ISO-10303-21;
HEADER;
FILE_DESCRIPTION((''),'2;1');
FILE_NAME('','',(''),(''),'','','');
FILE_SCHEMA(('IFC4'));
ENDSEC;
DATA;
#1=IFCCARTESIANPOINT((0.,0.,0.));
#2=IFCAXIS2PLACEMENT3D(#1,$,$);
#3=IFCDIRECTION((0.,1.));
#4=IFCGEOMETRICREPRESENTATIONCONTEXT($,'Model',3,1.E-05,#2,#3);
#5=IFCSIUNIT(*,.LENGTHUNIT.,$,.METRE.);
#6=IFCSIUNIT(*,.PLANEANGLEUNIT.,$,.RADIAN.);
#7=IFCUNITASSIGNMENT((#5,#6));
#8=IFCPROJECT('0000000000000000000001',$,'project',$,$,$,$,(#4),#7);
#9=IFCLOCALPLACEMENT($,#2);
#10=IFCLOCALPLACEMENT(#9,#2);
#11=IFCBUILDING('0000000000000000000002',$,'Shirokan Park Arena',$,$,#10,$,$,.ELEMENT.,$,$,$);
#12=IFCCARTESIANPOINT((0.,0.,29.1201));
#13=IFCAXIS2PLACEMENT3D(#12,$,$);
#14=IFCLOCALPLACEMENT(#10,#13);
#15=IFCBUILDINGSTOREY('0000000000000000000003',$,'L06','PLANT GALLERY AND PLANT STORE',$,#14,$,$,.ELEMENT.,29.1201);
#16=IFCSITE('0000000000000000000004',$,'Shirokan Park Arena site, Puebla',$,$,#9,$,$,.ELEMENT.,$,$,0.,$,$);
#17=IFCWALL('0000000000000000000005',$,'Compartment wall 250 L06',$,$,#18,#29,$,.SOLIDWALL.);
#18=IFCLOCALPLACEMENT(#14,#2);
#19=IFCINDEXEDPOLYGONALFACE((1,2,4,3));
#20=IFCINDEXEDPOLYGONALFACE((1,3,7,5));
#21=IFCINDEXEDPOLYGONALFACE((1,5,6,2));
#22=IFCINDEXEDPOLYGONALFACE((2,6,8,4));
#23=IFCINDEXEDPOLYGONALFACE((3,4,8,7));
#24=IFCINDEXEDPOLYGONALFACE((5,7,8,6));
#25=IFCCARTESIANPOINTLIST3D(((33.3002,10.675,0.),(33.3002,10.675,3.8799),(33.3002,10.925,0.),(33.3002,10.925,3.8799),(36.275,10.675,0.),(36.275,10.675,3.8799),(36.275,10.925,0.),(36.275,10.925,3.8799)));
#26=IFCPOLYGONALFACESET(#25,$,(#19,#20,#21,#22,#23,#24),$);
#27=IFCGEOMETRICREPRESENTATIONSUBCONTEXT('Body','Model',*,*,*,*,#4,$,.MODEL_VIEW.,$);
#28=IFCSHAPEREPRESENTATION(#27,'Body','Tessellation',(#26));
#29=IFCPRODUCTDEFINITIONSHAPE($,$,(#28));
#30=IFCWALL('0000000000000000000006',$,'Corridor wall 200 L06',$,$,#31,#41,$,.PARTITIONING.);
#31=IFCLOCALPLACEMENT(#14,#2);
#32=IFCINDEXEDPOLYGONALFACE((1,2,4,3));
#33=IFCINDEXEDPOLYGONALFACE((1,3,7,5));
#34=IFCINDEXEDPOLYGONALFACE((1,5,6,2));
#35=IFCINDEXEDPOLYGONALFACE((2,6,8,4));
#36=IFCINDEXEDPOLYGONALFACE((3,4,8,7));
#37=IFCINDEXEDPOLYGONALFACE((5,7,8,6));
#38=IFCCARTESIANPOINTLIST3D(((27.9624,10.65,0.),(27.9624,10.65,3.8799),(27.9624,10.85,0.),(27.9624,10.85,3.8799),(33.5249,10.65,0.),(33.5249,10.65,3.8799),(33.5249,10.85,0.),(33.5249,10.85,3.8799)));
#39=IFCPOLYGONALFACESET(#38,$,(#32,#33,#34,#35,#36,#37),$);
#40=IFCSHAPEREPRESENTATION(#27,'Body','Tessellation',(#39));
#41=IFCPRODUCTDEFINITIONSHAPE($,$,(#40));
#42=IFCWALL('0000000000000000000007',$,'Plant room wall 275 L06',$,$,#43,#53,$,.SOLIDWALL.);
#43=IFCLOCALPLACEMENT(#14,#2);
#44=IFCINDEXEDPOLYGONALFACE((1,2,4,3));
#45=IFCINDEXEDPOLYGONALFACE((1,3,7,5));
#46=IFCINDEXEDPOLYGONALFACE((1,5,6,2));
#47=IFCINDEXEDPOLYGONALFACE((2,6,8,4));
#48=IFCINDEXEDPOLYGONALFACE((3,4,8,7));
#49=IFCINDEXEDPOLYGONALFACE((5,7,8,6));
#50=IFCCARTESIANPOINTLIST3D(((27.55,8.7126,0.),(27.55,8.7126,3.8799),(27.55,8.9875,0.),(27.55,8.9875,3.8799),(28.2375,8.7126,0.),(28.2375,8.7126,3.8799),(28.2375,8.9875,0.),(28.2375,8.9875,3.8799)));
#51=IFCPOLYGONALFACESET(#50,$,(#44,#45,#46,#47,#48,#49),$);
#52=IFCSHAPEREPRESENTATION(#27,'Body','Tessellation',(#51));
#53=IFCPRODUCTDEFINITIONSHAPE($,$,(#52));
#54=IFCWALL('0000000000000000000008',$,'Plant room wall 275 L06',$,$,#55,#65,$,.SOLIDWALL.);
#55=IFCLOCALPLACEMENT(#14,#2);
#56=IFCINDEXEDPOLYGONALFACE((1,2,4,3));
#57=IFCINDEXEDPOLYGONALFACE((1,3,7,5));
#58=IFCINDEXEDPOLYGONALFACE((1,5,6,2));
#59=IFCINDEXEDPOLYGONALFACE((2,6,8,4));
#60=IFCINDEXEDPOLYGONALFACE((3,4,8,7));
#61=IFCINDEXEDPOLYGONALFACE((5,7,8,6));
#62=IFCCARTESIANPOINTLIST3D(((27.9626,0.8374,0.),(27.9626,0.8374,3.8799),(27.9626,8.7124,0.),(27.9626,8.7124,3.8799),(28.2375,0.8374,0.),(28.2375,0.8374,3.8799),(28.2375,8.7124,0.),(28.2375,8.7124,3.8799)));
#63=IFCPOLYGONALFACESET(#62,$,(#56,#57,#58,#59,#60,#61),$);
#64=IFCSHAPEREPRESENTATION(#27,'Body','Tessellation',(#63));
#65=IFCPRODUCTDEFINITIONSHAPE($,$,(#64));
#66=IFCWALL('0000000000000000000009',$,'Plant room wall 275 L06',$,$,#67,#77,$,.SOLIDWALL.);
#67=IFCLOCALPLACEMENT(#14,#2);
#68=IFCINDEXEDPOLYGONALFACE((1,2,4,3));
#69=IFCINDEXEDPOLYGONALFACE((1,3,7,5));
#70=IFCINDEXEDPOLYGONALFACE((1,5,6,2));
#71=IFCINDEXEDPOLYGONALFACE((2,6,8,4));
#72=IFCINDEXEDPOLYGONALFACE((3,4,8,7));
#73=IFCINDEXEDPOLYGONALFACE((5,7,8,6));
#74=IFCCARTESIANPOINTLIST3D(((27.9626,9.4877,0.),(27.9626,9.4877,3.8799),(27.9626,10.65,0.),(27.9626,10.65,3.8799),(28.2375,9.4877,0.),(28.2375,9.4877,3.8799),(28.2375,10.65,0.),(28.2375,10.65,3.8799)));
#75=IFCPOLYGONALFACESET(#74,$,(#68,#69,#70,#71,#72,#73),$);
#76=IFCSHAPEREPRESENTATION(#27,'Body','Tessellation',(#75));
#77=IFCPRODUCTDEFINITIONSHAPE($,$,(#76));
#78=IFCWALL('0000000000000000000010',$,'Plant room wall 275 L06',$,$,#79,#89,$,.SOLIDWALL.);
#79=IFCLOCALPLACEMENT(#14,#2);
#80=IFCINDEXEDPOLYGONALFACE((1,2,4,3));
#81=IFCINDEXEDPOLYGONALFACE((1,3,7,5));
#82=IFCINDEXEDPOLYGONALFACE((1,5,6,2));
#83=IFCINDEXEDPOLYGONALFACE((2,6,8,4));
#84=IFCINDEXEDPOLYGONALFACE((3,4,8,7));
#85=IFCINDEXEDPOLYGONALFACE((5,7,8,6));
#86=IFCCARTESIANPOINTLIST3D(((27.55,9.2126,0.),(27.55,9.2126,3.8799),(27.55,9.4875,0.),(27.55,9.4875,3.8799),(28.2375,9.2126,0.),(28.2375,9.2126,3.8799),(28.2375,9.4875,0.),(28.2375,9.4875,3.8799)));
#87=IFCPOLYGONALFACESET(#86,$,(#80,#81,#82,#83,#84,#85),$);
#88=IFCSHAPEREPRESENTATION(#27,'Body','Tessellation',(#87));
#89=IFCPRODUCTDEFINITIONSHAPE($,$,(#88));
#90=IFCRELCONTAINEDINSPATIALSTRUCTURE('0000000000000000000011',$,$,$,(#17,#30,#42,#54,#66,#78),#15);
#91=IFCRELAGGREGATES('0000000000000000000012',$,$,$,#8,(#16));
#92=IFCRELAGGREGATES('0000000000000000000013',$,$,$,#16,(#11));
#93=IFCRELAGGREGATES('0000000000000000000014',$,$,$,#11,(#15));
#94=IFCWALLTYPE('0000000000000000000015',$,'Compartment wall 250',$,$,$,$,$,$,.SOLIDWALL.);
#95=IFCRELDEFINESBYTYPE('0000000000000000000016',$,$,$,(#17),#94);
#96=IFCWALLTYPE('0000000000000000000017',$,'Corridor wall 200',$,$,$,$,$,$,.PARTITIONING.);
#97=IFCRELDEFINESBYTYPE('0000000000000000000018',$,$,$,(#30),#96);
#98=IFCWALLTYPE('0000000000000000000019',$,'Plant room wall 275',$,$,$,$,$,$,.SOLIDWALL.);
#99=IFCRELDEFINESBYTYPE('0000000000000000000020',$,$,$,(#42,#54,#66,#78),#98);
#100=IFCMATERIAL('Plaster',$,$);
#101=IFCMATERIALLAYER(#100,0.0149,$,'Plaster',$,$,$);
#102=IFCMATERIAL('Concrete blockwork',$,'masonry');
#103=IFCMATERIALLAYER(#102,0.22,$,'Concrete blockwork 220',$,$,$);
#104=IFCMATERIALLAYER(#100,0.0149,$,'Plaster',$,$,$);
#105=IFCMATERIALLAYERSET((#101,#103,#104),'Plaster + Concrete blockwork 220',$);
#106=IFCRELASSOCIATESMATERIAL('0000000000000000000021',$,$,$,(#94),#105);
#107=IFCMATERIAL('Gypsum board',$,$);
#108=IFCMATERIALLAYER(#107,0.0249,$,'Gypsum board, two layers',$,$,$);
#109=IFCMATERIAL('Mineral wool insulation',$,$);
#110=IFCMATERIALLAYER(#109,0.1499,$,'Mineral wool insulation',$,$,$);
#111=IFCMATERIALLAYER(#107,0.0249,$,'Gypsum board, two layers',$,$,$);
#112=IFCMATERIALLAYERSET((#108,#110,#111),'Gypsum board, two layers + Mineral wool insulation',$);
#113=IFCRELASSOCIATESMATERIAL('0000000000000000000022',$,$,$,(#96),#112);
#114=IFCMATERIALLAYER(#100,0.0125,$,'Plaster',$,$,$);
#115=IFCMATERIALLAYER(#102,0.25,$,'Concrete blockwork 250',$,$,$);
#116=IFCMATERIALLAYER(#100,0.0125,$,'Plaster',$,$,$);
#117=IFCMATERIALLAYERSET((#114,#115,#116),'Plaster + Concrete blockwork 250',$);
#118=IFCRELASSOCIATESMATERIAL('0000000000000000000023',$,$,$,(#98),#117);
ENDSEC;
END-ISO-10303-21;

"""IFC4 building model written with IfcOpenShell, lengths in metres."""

from ifc_helpers import new_model, si_unit, direction, frame, frame_2d, origin, place, context, subcontext, project, spatial, rectangle, extrude, material, layer, layer_set, type_object, element, save


model = new_model("IFC4")

# Units and contexts
model_context = context("Model", 3, precision=1e-05, world=origin(), true_north=direction((0.0, 1.0)))
body_context = subcontext(model_context, "Body", "Model", "MODEL_VIEW")
ifc_project = project(units=[si_unit("LENGTHUNIT", "METRE"), si_unit("PLANEANGLEUNIT", "RADIAN")], contexts=[model_context])

# Site, building, storey
site_placement = place(None, origin())
site = spatial("IfcSite", under=ifc_project, at=site_placement, Name="Shirokan Park Arena site, Puebla", CompositionType="ELEMENT", RefElevation=0.0)
building_placement = place(site_placement, origin())
building = spatial("IfcBuilding", under=site, at=building_placement, Name="Shirokan Park Arena", CompositionType="ELEMENT")
storey_placement = place(building_placement, frame((0.0, 0.0, 29.1201)))
storey = spatial("IfcBuildingStorey", under=building, at=storey_placement, Name="L06", Description="PLANT GALLERY AND PLANT STORE", CompositionType="ELEMENT", Elevation=29.1201)

# Wall
ifc_material_1 = material(Name="Plaster")
ifc_layer_1 = layer(ifc_material_1, 0.0149, Name="Plaster")
ifc_material_2 = material(Name="Concrete blockwork", Category="masonry")
ifc_layer_2 = layer(ifc_material_2, 0.22, Name="Concrete blockwork 220")
ifc_layer_3 = layer(ifc_material_1, 0.0149, Name="Plaster")
ifc_layer_set_1 = layer_set([ifc_layer_1, ifc_layer_2, ifc_layer_3], Name="Plaster + Concrete blockwork 220")
wall_type_1 = type_object("IfcWallType", Name="Compartment wall 250", PredefinedType="SOLIDWALL", material=ifc_layer_set_1)
wall_1_placement = place(storey_placement, frame((36.2749, 10.8, 0.0), z_axis=(0.0, 0.0, 1.0), x_axis=(-1.0, 0.0, 0.0)))
element("IfcWall", 1, at=wall_1_placement, inside=storey, type_object=wall_type_1, Name="Compartment wall 250 L06", PredefinedType="SOLIDWALL", context=body_context, shape_type="SweptSolid", body=[
    extrude(rectangle(XDim=2.9749, YDim=0.25, at=frame_2d((1.4873, 0.0))), origin(), (0.0, 0.0, 1.0), 3.8799),
])

# Shared definitions
ifc_material_3 = material(Name="Gypsum board")
ifc_layer_4 = layer(ifc_material_3, 0.0249, Name="Gypsum board, two layers")
ifc_material_4 = material(Name="Mineral wool insulation")
ifc_layer_5 = layer(ifc_material_4, 0.1499, Name="Mineral wool insulation")
ifc_layer_6 = layer(ifc_material_3, 0.0249, Name="Gypsum board, two layers")
ifc_layer_set_2 = layer_set([ifc_layer_4, ifc_layer_5, ifc_layer_6], Name="Gypsum board, two layers + Mineral wool insulation")
wall_type_2 = type_object("IfcWallType", Name="Corridor wall 200", PredefinedType="PARTITIONING", material=ifc_layer_set_2)

# Walls
wall_2_placement = place(storey_placement, frame((33.5249, 10.75, 0.0), z_axis=(0.0, 0.0, 1.0), x_axis=(-1.0, 0.0, 0.0)))
element("IfcWall", 2, at=wall_2_placement, inside=storey, type_object=wall_type_2, Name="Corridor wall 200 L06", PredefinedType="PARTITIONING", context=body_context, shape_type="SweptSolid", body=[
    extrude(rectangle(XDim=5.5625, YDim=0.2, at=frame_2d((2.7812, 0.0))), origin(), (0.0, 0.0, 1.0), 3.8799),
])
ifc_layer_7 = layer(ifc_material_1, 0.0125, Name="Plaster")
ifc_layer_8 = layer(ifc_material_2, 0.25, Name="Concrete blockwork 250")
ifc_layer_9 = layer(ifc_material_1, 0.0125, Name="Plaster")
ifc_layer_set_3 = layer_set([ifc_layer_7, ifc_layer_8, ifc_layer_9], Name="Plaster + Concrete blockwork 250")
wall_type_3 = type_object("IfcWallType", Name="Plant room wall 275", PredefinedType="SOLIDWALL", material=ifc_layer_set_3)
wall_3_placement = place(storey_placement, frame((27.55, 8.8501, 0.0), z_axis=(0.0, 0.0, 1.0), x_axis=(1.0, 0.0, 0.0)))
element("IfcWall", 3, at=wall_3_placement, inside=storey, type_object=wall_type_3, Name="Plant room wall 275 L06", PredefinedType="SOLIDWALL", context=body_context, shape_type="SweptSolid", body=[
    extrude(rectangle(XDim=0.6875, YDim=0.2749, at=frame_2d((0.3438, 0.0))), origin(), (0.0, 0.0, 1.0), 3.8799),
])
wall_4_placement = place(storey_placement, frame((28.1001, 8.7124, 0.0), z_axis=(0.0, 0.0, 1.0), x_axis=(0.0, -1.0, 0.0)))
element("IfcWall", 4, at=wall_4_placement, inside=storey, type_object=wall_type_3, Name="Plant room wall 275 L06", PredefinedType="SOLIDWALL", context=body_context, shape_type="SweptSolid", body=[
    extrude(rectangle(XDim=7.875, YDim=0.2749, at=frame_2d((3.9375, 0.0))), origin(), (0.0, 0.0, 1.0), 3.8799),
])
wall_5_placement = place(storey_placement, frame((28.1001, 10.6499, 0.0), z_axis=(0.0, 0.0, 1.0), x_axis=(0.0, -1.0, 0.0)))
element("IfcWall", 5, at=wall_5_placement, inside=storey, type_object=wall_type_3, Name="Plant room wall 275 L06", PredefinedType="SOLIDWALL", context=body_context, shape_type="SweptSolid", body=[
    extrude(rectangle(XDim=1.1624, YDim=0.2749, at=frame_2d((0.5811, 0.0))), origin(), (0.0, 0.0, 1.0), 3.8799),
])

# Wall
wall_6_placement = place(storey_placement, frame((28.2375, 9.3501, 0.0), z_axis=(0.0, 0.0, 1.0), x_axis=(-1.0, 0.0, 0.0)))
element("IfcWall", 6, at=wall_6_placement, inside=storey, type_object=wall_type_3, Name="Plant room wall 275 L06", PredefinedType="SOLIDWALL", context=body_context, shape_type="SweptSolid", body=[
    extrude(rectangle(XDim=0.6875, YDim=0.2749, at=frame_2d((0.3438, 0.0))), origin(), (0.0, 0.0, 1.0), 3.8799),
])

save(model, "model.ifc")
